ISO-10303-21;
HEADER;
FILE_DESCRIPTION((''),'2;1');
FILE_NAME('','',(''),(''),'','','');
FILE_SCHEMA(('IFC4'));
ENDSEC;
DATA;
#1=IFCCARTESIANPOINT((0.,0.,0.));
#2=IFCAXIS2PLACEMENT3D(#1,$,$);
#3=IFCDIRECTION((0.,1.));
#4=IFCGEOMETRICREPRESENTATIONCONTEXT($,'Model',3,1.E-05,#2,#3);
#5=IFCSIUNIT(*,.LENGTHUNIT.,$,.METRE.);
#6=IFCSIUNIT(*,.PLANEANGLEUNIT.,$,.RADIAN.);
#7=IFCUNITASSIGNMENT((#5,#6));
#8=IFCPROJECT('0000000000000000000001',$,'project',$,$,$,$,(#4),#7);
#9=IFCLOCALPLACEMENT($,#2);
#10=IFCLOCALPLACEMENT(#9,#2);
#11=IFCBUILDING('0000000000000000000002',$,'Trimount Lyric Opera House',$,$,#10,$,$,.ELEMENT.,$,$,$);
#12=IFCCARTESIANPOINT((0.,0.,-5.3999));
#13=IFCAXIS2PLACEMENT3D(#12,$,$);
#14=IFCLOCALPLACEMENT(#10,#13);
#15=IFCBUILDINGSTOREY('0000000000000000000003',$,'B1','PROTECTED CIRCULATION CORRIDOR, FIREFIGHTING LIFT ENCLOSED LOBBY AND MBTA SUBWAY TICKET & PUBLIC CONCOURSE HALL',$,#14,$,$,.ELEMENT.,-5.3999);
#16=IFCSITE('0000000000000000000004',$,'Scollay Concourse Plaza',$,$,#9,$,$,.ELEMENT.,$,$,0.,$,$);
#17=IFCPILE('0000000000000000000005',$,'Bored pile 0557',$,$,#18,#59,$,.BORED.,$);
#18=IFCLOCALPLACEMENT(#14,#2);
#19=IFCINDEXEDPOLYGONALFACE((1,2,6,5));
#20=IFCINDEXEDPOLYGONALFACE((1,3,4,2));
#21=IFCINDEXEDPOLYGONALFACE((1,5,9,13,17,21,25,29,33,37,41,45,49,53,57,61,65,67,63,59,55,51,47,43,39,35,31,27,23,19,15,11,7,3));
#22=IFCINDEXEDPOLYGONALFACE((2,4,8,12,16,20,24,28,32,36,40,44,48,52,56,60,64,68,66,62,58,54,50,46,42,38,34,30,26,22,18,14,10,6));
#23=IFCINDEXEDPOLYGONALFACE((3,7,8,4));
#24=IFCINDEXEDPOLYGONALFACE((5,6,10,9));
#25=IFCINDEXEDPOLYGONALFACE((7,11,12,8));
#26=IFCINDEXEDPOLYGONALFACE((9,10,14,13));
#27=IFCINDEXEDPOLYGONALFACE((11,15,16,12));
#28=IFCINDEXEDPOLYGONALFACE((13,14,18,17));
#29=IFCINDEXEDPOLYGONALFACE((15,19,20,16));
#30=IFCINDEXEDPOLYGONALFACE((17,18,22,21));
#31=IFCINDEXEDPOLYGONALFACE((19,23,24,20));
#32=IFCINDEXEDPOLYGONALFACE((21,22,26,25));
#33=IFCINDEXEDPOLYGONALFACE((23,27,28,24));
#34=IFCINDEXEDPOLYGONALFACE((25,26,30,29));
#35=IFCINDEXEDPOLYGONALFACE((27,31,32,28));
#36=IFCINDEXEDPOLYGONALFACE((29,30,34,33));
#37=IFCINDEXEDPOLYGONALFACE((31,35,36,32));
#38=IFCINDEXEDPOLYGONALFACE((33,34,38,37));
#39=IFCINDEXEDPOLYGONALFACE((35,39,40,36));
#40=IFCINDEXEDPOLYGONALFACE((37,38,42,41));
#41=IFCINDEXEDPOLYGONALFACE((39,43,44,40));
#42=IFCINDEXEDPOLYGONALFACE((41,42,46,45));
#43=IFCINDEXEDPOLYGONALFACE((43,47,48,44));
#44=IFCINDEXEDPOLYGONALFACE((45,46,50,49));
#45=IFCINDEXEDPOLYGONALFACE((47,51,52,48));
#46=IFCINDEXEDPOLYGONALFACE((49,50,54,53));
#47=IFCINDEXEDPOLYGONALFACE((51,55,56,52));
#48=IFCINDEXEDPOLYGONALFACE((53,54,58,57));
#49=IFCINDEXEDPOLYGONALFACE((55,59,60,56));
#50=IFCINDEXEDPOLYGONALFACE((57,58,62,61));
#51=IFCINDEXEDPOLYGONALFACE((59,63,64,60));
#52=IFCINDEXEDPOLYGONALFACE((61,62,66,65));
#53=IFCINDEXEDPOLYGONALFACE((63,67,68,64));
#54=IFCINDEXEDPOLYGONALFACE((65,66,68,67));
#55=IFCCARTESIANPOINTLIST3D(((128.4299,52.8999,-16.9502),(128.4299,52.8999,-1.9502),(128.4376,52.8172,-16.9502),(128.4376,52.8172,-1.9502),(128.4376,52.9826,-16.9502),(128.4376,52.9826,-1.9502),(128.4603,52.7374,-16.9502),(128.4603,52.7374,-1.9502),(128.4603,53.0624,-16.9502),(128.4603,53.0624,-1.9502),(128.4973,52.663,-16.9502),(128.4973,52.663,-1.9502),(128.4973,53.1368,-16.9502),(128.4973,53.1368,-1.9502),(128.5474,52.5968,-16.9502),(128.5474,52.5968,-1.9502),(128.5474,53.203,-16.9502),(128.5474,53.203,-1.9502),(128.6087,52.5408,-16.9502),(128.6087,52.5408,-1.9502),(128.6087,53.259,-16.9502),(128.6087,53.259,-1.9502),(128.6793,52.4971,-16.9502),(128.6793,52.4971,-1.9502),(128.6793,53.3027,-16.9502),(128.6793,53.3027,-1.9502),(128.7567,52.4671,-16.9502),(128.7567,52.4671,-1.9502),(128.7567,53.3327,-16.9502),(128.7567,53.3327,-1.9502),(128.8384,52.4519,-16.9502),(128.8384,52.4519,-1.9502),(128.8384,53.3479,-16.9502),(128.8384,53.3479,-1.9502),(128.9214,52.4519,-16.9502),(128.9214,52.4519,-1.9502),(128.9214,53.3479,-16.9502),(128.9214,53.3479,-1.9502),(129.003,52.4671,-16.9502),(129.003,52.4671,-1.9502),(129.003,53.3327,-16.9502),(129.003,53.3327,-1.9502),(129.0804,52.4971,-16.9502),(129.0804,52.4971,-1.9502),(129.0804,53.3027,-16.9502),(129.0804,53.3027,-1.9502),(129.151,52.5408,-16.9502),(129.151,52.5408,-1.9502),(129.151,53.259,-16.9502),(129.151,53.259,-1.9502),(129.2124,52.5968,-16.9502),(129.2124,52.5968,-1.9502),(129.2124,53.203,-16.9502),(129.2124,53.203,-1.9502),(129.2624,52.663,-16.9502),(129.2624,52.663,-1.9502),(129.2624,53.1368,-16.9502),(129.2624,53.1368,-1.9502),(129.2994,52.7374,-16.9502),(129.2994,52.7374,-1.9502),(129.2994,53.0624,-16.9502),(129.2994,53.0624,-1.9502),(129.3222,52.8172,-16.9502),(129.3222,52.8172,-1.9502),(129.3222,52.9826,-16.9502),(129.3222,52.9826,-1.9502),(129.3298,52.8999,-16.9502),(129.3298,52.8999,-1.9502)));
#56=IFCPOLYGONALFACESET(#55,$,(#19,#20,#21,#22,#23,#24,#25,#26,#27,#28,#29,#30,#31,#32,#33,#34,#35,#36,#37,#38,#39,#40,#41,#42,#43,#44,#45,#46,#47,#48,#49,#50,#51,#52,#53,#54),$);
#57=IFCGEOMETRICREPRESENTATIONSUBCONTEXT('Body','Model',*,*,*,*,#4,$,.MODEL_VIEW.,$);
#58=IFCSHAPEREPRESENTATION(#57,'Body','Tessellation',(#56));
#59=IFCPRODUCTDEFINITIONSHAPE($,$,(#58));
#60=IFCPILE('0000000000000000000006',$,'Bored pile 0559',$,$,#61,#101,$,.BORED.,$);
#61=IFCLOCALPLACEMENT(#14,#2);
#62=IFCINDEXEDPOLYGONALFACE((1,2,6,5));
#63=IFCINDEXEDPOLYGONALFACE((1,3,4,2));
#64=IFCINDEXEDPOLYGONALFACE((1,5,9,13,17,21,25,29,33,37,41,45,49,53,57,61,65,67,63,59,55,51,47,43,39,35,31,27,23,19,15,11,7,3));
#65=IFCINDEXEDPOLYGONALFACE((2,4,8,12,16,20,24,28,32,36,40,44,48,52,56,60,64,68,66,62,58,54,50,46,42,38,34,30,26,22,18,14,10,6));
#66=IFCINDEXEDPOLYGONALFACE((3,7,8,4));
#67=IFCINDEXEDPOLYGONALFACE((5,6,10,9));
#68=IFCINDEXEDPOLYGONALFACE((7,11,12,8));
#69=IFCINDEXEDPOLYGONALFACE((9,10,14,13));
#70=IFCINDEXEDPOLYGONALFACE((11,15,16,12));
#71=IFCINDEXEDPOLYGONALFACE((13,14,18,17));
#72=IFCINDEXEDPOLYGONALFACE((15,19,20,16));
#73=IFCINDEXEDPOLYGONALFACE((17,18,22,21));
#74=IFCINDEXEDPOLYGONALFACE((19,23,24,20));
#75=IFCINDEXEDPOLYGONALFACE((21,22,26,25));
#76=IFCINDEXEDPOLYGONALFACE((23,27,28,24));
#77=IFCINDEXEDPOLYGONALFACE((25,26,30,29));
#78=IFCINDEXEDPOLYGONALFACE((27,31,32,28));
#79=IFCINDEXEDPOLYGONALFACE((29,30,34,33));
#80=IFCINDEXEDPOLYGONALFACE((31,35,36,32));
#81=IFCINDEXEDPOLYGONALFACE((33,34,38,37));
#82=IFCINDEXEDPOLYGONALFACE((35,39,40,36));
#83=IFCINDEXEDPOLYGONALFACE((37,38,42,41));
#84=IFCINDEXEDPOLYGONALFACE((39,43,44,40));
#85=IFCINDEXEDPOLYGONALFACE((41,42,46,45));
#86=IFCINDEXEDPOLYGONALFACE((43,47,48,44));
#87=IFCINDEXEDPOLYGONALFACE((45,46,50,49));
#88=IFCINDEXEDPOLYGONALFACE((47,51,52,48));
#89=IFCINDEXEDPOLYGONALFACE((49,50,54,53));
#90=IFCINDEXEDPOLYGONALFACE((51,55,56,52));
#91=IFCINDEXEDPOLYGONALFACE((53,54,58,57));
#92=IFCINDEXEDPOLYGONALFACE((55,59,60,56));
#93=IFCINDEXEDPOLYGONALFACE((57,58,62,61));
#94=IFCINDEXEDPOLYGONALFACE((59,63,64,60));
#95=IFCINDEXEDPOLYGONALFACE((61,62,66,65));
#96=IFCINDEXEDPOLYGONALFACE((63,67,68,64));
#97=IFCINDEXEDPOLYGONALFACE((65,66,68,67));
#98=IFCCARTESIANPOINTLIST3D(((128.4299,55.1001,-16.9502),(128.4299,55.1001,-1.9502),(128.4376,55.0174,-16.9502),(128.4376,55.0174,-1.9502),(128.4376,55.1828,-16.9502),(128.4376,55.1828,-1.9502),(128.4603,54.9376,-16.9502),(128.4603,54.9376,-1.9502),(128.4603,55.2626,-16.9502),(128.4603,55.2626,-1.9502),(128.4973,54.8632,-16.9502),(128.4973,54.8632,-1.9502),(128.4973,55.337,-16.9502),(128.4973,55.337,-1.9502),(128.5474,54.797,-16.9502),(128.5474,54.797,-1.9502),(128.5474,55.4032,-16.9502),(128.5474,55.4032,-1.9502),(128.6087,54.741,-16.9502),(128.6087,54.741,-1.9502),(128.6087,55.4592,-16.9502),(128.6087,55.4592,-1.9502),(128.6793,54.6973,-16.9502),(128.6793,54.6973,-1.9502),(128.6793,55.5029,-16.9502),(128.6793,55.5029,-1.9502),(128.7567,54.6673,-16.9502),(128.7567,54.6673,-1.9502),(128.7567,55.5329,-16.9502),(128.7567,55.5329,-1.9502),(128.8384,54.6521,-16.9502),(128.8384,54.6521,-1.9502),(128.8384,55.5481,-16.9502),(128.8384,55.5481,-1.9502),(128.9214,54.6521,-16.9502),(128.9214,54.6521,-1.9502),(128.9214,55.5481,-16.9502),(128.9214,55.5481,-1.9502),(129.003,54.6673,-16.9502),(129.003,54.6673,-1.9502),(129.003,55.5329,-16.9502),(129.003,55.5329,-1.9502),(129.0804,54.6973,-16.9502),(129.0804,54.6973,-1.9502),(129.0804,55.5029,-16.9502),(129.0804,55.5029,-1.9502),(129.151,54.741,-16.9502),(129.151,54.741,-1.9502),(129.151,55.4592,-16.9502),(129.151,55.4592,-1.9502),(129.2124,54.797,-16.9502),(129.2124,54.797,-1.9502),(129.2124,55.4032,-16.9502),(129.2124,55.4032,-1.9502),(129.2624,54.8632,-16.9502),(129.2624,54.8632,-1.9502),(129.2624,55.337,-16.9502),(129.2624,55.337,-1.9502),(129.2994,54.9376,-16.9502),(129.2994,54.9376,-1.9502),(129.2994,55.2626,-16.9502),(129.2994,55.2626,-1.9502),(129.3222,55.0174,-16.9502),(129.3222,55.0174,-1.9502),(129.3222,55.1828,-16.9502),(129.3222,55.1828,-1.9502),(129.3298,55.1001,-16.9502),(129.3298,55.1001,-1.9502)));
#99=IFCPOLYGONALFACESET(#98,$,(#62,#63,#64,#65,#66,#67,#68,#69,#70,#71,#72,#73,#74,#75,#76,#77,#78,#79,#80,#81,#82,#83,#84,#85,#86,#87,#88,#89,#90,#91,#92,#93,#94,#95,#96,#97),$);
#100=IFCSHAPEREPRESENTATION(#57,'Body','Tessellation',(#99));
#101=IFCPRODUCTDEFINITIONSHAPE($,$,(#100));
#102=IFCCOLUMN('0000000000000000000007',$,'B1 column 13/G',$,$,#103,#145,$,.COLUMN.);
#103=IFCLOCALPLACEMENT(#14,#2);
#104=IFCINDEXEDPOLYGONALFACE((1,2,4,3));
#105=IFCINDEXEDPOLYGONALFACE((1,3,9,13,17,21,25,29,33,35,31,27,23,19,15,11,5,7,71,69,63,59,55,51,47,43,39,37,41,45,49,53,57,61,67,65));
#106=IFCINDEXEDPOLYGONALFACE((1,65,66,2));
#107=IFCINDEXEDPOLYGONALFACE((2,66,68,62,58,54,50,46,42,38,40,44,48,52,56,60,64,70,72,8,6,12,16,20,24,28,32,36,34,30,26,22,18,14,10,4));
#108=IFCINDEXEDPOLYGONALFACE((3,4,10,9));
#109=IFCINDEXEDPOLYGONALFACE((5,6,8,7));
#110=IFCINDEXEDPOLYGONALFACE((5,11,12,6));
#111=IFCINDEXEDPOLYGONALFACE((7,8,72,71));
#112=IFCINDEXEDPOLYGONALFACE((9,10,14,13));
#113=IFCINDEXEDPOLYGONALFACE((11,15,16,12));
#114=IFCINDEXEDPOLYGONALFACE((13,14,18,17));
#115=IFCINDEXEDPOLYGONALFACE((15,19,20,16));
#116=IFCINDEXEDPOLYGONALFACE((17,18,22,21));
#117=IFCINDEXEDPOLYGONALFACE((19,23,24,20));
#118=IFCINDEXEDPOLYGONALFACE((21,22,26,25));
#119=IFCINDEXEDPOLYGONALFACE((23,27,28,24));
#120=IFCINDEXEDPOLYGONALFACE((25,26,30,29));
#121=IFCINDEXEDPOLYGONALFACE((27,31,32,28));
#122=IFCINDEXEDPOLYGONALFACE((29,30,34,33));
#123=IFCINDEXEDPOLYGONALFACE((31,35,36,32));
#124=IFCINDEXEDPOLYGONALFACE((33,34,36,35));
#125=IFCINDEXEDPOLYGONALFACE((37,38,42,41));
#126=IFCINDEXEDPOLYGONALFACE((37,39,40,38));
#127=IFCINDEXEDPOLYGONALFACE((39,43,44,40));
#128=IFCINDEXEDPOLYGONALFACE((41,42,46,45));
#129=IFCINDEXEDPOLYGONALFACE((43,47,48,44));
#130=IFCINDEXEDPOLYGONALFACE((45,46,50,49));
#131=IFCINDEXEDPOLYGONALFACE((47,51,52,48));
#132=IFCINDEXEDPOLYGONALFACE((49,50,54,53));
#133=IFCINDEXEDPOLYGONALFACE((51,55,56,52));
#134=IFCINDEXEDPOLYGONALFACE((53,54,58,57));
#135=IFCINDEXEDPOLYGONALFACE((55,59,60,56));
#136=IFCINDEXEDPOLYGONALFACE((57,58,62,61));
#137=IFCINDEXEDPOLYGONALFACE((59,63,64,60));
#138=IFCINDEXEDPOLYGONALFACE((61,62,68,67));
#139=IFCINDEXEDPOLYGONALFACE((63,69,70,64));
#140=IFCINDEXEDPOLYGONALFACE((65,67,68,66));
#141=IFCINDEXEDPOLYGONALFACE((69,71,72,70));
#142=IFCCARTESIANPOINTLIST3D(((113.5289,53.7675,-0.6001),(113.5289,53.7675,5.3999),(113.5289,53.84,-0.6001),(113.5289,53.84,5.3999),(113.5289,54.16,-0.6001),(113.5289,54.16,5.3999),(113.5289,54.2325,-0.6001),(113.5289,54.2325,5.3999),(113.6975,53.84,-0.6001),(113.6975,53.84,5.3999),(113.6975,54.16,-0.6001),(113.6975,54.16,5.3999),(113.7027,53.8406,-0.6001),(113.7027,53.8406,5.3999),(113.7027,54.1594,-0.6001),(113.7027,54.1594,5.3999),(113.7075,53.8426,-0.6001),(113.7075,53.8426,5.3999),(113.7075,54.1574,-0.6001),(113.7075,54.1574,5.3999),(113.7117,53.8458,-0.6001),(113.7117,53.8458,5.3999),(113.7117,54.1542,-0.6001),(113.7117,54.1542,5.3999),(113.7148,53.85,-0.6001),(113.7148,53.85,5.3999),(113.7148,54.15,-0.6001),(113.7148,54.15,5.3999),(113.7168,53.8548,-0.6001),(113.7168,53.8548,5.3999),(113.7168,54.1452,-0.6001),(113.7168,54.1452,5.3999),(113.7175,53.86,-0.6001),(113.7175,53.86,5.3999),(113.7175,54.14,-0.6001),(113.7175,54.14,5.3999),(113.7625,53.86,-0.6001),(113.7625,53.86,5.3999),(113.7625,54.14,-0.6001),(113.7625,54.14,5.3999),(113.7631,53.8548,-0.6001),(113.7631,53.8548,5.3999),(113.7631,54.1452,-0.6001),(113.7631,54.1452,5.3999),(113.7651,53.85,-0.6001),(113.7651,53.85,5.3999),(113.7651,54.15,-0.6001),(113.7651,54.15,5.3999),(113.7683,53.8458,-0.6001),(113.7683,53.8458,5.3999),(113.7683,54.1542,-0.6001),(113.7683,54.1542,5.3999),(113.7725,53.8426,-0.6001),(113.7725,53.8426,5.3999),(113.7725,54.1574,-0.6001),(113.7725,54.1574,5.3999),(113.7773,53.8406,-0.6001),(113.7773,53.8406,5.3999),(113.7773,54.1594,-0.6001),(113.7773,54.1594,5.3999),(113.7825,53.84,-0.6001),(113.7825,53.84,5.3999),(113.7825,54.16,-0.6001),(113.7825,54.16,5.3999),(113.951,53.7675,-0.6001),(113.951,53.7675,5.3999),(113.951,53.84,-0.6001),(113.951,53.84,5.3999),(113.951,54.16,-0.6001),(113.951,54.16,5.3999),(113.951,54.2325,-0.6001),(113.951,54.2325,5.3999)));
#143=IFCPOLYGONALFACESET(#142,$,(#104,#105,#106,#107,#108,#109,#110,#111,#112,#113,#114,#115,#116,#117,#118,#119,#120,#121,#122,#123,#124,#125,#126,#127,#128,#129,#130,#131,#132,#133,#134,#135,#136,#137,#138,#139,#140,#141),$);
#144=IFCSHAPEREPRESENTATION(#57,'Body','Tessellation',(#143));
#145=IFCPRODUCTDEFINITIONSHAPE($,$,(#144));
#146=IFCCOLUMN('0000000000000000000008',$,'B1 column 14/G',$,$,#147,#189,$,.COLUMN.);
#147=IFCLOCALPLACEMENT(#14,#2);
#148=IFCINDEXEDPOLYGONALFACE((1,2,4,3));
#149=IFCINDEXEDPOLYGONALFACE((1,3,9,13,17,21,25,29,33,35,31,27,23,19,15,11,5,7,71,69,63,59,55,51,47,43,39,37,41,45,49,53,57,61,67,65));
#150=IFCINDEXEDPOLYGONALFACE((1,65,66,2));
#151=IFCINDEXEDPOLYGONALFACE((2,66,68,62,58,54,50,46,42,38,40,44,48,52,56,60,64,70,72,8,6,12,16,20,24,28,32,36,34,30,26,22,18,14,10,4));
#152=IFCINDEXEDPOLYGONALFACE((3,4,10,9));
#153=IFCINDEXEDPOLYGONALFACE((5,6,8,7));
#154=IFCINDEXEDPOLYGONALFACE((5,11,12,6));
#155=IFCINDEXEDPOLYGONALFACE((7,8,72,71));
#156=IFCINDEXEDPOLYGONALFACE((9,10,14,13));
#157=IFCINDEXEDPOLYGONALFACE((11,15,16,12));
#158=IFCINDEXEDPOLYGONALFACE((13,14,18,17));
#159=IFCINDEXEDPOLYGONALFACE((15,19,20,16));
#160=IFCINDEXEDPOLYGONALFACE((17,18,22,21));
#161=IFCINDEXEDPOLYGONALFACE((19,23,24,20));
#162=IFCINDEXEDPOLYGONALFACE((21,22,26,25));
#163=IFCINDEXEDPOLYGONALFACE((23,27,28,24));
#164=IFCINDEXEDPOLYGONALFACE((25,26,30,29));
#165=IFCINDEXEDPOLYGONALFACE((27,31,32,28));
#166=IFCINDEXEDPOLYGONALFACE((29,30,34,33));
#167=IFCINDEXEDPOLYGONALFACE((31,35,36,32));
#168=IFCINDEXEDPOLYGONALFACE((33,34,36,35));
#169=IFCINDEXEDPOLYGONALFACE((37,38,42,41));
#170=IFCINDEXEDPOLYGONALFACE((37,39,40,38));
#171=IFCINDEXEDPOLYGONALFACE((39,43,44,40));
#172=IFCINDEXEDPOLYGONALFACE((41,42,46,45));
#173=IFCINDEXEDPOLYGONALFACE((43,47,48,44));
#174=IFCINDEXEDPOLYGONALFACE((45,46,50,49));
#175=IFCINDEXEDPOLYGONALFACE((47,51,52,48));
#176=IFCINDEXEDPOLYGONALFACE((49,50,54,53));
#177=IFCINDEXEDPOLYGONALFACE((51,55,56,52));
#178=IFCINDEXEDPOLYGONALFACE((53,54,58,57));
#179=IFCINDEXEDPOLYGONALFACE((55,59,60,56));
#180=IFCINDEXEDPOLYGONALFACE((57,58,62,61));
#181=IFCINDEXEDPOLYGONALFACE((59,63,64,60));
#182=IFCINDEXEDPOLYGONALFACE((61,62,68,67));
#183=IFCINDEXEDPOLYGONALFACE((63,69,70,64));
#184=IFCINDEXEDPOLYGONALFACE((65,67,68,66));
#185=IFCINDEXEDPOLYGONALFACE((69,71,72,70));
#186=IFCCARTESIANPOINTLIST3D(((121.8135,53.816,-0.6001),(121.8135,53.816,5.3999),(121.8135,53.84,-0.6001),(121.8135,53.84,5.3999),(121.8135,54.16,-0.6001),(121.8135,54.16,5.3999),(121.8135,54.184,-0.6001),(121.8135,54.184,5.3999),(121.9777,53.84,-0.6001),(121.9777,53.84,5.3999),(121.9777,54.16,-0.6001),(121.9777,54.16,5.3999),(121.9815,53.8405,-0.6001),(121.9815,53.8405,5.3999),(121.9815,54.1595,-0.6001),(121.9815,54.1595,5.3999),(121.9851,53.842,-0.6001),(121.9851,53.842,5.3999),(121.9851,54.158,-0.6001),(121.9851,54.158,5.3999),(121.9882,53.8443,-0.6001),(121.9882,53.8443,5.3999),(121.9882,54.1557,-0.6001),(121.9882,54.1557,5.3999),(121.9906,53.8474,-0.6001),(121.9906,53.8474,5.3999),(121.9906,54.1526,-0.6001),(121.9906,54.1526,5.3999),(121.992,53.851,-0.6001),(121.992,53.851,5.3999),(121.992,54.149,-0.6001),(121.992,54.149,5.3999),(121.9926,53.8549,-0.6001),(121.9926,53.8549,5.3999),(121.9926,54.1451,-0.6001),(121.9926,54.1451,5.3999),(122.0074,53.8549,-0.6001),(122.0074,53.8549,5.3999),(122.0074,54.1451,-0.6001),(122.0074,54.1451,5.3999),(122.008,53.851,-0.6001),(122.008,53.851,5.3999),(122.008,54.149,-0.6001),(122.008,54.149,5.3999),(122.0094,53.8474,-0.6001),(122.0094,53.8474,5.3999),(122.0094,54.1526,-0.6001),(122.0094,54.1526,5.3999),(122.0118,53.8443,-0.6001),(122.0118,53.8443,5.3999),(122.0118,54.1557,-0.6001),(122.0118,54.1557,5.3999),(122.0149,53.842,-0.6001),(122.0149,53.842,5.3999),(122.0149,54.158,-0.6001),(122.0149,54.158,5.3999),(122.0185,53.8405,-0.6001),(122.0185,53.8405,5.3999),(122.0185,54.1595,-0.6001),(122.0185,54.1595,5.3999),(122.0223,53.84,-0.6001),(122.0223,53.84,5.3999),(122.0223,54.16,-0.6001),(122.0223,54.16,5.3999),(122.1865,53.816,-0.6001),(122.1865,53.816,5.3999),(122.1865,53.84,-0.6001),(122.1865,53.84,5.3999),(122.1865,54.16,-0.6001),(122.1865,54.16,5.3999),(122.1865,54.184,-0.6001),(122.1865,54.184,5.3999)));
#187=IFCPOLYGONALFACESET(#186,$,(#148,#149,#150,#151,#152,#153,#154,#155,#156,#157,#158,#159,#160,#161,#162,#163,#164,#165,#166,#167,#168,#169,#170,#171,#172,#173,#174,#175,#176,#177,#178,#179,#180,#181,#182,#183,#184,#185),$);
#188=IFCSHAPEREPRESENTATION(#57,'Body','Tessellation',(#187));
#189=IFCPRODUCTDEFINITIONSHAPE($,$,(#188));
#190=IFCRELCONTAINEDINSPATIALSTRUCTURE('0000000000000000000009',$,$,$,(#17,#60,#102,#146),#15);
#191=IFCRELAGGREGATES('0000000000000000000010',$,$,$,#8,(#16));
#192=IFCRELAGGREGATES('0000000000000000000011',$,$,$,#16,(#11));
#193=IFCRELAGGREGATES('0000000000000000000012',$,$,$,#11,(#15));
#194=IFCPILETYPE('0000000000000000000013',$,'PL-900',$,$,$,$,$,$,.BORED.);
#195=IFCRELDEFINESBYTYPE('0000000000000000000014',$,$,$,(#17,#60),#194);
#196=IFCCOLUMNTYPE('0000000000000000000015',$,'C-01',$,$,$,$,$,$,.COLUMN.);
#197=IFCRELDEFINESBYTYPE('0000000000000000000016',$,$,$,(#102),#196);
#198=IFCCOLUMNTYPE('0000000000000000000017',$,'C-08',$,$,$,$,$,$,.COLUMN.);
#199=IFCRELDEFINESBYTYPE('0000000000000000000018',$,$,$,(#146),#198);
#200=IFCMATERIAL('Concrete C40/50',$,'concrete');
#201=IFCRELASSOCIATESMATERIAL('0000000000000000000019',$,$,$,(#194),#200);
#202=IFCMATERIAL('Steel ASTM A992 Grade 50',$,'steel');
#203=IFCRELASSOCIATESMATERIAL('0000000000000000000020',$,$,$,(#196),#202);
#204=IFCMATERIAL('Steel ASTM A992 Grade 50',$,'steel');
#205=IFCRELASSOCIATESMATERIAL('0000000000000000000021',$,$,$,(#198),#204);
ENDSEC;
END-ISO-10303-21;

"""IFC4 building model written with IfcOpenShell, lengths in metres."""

from ifc_helpers import new_model, si_unit, direction, frame, origin, origin_2d, place, context, subcontext, project, spatial, circle, i_section, extrude, material, material_profile, profile_set, type_object, element, save


model = new_model("IFC4")

# Units and contexts
model_context = context("Model", 3, precision=1e-05, world=origin(), true_north=direction((0.0, 1.0)))
body_context = subcontext(model_context, "Body", "Model", "MODEL_VIEW")
ifc_project = project(units=[si_unit("LENGTHUNIT", "METRE"), si_unit("PLANEANGLEUNIT", "RADIAN")], contexts=[model_context])

# Site, building, storey
site_placement = place(None, origin())
site = spatial("IfcSite", under=ifc_project, at=site_placement, Name="Scollay Concourse Plaza", CompositionType="ELEMENT", RefElevation=0.0)
building_placement = place(site_placement, origin())
building = spatial("IfcBuilding", under=site, at=building_placement, Name="Trimount Lyric Opera House", CompositionType="ELEMENT")
storey_placement = place(building_placement, frame((0.0, 0.0, -5.3999)))
storey = spatial("IfcBuildingStorey", under=building, at=storey_placement, Name="B1", Description="PROTECTED CIRCULATION CORRIDOR, FIREFIGHTING LIFT ENCLOSED LOBBY AND MBTA SUBWAY TICKET & PUBLIC CONCOURSE HALL", CompositionType="ELEMENT", Elevation=-5.3999)

# Piles
ifc_material_1 = material(Name="Concrete C40/50", Category="concrete")
ifc_material_profile_1 = material_profile(ifc_material_1, circle(Radius=0.45, at=origin_2d()), Name="PILE-D900")
ifc_profile_set_1 = profile_set([ifc_material_profile_1], Name="Concrete C40/50")
pile_type_1 = type_object("IfcPileType", Name="PL-900", PredefinedType="BORED", material=ifc_profile_set_1)
for number, where, z_axis, x_axis, name in (
    (1, (128.8799, 52.8999, -1.9502), (0.0, 0.0, -1.0), (1.0, 0.0, 0.0), "Bored pile 0557"),
    (2, (128.8799, 55.1001, -1.9502), (0.0, 0.0, -1.0), (1.0, 0.0, 0.0), "Bored pile 0559"),
):
    element("IfcPile", number, at=place(storey_placement, frame(where, z_axis=z_axis, x_axis=x_axis)), inside=storey, type_object=pile_type_1, Name=name, PredefinedType="BORED", context=body_context, shape_type="SweptSolid", body=[
        extrude(circle(Radius=0.45, at=origin_2d()), origin(), (0.0, 0.0, 1.0), 15.0),
    ])

# Columns
ifc_material_2 = material(Name="Steel ASTM A992 Grade 50", Category="steel")
ifc_material_profile_2 = material_profile(ifc_material_2, i_section(OverallWidth=0.4221, OverallDepth=0.4651, WebThickness=0.0449, FlangeThickness=0.0725, FilletRadius=0.02, at=origin_2d()), Name="W14X398")
ifc_profile_set_2 = profile_set([ifc_material_profile_2], Name="Steel ASTM A992 Grade 50")
column_type_1 = type_object("IfcColumnType", Name="C-01", PredefinedType="COLUMN", material=ifc_profile_set_2)
column_1_placement = place(storey_placement, frame((113.74, 54.0, -0.6001), z_axis=(0.0, 0.0, 1.0), x_axis=(1.0, 0.0, 0.0)))
element("IfcColumn", 3, at=column_1_placement, inside=storey, type_object=column_type_1, Name="B1 column 13/G", PredefinedType="COLUMN", context=body_context, shape_type="SweptSolid", body=[
    extrude(i_section(OverallWidth=0.4221, OverallDepth=0.4651, WebThickness=0.0449, FlangeThickness=0.0725, FilletRadius=0.02, at=origin_2d()), origin(), (0.0, 0.0, 1.0), 6.0),
])
ifc_material_3 = material(Name="Steel ASTM A992 Grade 50", Category="steel")
ifc_material_profile_3 = material_profile(ifc_material_3, i_section(OverallWidth=0.373, OverallDepth=0.3679, WebThickness=0.0149, FlangeThickness=0.0239, FilletRadius=0.0149, at=origin_2d()), Name="W14X120")
ifc_profile_set_3 = profile_set([ifc_material_profile_3], Name="Steel ASTM A992 Grade 50")
column_type_2 = type_object("IfcColumnType", Name="C-08", PredefinedType="COLUMN", material=ifc_profile_set_3)
for number, where, z_axis, x_axis, name in (
    (4, (122.0, 54.0, -0.6001), (0.0, 0.0, 1.0), (1.0, 0.0, 0.0), "B1 column 14/G"),
):
    element("IfcColumn", number, at=place(storey_placement, frame(where, z_axis=z_axis, x_axis=x_axis)), inside=storey, type_object=column_type_2, Name=name, PredefinedType="COLUMN", context=body_context, shape_type="SweptSolid", body=[
        extrude(i_section(OverallWidth=0.373, OverallDepth=0.3679, WebThickness=0.0149, FlangeThickness=0.0239, FilletRadius=0.0149, at=origin_2d()), origin(), (0.0, 0.0, 1.0), 6.0),
    ])

save(model, "model.ifc")
